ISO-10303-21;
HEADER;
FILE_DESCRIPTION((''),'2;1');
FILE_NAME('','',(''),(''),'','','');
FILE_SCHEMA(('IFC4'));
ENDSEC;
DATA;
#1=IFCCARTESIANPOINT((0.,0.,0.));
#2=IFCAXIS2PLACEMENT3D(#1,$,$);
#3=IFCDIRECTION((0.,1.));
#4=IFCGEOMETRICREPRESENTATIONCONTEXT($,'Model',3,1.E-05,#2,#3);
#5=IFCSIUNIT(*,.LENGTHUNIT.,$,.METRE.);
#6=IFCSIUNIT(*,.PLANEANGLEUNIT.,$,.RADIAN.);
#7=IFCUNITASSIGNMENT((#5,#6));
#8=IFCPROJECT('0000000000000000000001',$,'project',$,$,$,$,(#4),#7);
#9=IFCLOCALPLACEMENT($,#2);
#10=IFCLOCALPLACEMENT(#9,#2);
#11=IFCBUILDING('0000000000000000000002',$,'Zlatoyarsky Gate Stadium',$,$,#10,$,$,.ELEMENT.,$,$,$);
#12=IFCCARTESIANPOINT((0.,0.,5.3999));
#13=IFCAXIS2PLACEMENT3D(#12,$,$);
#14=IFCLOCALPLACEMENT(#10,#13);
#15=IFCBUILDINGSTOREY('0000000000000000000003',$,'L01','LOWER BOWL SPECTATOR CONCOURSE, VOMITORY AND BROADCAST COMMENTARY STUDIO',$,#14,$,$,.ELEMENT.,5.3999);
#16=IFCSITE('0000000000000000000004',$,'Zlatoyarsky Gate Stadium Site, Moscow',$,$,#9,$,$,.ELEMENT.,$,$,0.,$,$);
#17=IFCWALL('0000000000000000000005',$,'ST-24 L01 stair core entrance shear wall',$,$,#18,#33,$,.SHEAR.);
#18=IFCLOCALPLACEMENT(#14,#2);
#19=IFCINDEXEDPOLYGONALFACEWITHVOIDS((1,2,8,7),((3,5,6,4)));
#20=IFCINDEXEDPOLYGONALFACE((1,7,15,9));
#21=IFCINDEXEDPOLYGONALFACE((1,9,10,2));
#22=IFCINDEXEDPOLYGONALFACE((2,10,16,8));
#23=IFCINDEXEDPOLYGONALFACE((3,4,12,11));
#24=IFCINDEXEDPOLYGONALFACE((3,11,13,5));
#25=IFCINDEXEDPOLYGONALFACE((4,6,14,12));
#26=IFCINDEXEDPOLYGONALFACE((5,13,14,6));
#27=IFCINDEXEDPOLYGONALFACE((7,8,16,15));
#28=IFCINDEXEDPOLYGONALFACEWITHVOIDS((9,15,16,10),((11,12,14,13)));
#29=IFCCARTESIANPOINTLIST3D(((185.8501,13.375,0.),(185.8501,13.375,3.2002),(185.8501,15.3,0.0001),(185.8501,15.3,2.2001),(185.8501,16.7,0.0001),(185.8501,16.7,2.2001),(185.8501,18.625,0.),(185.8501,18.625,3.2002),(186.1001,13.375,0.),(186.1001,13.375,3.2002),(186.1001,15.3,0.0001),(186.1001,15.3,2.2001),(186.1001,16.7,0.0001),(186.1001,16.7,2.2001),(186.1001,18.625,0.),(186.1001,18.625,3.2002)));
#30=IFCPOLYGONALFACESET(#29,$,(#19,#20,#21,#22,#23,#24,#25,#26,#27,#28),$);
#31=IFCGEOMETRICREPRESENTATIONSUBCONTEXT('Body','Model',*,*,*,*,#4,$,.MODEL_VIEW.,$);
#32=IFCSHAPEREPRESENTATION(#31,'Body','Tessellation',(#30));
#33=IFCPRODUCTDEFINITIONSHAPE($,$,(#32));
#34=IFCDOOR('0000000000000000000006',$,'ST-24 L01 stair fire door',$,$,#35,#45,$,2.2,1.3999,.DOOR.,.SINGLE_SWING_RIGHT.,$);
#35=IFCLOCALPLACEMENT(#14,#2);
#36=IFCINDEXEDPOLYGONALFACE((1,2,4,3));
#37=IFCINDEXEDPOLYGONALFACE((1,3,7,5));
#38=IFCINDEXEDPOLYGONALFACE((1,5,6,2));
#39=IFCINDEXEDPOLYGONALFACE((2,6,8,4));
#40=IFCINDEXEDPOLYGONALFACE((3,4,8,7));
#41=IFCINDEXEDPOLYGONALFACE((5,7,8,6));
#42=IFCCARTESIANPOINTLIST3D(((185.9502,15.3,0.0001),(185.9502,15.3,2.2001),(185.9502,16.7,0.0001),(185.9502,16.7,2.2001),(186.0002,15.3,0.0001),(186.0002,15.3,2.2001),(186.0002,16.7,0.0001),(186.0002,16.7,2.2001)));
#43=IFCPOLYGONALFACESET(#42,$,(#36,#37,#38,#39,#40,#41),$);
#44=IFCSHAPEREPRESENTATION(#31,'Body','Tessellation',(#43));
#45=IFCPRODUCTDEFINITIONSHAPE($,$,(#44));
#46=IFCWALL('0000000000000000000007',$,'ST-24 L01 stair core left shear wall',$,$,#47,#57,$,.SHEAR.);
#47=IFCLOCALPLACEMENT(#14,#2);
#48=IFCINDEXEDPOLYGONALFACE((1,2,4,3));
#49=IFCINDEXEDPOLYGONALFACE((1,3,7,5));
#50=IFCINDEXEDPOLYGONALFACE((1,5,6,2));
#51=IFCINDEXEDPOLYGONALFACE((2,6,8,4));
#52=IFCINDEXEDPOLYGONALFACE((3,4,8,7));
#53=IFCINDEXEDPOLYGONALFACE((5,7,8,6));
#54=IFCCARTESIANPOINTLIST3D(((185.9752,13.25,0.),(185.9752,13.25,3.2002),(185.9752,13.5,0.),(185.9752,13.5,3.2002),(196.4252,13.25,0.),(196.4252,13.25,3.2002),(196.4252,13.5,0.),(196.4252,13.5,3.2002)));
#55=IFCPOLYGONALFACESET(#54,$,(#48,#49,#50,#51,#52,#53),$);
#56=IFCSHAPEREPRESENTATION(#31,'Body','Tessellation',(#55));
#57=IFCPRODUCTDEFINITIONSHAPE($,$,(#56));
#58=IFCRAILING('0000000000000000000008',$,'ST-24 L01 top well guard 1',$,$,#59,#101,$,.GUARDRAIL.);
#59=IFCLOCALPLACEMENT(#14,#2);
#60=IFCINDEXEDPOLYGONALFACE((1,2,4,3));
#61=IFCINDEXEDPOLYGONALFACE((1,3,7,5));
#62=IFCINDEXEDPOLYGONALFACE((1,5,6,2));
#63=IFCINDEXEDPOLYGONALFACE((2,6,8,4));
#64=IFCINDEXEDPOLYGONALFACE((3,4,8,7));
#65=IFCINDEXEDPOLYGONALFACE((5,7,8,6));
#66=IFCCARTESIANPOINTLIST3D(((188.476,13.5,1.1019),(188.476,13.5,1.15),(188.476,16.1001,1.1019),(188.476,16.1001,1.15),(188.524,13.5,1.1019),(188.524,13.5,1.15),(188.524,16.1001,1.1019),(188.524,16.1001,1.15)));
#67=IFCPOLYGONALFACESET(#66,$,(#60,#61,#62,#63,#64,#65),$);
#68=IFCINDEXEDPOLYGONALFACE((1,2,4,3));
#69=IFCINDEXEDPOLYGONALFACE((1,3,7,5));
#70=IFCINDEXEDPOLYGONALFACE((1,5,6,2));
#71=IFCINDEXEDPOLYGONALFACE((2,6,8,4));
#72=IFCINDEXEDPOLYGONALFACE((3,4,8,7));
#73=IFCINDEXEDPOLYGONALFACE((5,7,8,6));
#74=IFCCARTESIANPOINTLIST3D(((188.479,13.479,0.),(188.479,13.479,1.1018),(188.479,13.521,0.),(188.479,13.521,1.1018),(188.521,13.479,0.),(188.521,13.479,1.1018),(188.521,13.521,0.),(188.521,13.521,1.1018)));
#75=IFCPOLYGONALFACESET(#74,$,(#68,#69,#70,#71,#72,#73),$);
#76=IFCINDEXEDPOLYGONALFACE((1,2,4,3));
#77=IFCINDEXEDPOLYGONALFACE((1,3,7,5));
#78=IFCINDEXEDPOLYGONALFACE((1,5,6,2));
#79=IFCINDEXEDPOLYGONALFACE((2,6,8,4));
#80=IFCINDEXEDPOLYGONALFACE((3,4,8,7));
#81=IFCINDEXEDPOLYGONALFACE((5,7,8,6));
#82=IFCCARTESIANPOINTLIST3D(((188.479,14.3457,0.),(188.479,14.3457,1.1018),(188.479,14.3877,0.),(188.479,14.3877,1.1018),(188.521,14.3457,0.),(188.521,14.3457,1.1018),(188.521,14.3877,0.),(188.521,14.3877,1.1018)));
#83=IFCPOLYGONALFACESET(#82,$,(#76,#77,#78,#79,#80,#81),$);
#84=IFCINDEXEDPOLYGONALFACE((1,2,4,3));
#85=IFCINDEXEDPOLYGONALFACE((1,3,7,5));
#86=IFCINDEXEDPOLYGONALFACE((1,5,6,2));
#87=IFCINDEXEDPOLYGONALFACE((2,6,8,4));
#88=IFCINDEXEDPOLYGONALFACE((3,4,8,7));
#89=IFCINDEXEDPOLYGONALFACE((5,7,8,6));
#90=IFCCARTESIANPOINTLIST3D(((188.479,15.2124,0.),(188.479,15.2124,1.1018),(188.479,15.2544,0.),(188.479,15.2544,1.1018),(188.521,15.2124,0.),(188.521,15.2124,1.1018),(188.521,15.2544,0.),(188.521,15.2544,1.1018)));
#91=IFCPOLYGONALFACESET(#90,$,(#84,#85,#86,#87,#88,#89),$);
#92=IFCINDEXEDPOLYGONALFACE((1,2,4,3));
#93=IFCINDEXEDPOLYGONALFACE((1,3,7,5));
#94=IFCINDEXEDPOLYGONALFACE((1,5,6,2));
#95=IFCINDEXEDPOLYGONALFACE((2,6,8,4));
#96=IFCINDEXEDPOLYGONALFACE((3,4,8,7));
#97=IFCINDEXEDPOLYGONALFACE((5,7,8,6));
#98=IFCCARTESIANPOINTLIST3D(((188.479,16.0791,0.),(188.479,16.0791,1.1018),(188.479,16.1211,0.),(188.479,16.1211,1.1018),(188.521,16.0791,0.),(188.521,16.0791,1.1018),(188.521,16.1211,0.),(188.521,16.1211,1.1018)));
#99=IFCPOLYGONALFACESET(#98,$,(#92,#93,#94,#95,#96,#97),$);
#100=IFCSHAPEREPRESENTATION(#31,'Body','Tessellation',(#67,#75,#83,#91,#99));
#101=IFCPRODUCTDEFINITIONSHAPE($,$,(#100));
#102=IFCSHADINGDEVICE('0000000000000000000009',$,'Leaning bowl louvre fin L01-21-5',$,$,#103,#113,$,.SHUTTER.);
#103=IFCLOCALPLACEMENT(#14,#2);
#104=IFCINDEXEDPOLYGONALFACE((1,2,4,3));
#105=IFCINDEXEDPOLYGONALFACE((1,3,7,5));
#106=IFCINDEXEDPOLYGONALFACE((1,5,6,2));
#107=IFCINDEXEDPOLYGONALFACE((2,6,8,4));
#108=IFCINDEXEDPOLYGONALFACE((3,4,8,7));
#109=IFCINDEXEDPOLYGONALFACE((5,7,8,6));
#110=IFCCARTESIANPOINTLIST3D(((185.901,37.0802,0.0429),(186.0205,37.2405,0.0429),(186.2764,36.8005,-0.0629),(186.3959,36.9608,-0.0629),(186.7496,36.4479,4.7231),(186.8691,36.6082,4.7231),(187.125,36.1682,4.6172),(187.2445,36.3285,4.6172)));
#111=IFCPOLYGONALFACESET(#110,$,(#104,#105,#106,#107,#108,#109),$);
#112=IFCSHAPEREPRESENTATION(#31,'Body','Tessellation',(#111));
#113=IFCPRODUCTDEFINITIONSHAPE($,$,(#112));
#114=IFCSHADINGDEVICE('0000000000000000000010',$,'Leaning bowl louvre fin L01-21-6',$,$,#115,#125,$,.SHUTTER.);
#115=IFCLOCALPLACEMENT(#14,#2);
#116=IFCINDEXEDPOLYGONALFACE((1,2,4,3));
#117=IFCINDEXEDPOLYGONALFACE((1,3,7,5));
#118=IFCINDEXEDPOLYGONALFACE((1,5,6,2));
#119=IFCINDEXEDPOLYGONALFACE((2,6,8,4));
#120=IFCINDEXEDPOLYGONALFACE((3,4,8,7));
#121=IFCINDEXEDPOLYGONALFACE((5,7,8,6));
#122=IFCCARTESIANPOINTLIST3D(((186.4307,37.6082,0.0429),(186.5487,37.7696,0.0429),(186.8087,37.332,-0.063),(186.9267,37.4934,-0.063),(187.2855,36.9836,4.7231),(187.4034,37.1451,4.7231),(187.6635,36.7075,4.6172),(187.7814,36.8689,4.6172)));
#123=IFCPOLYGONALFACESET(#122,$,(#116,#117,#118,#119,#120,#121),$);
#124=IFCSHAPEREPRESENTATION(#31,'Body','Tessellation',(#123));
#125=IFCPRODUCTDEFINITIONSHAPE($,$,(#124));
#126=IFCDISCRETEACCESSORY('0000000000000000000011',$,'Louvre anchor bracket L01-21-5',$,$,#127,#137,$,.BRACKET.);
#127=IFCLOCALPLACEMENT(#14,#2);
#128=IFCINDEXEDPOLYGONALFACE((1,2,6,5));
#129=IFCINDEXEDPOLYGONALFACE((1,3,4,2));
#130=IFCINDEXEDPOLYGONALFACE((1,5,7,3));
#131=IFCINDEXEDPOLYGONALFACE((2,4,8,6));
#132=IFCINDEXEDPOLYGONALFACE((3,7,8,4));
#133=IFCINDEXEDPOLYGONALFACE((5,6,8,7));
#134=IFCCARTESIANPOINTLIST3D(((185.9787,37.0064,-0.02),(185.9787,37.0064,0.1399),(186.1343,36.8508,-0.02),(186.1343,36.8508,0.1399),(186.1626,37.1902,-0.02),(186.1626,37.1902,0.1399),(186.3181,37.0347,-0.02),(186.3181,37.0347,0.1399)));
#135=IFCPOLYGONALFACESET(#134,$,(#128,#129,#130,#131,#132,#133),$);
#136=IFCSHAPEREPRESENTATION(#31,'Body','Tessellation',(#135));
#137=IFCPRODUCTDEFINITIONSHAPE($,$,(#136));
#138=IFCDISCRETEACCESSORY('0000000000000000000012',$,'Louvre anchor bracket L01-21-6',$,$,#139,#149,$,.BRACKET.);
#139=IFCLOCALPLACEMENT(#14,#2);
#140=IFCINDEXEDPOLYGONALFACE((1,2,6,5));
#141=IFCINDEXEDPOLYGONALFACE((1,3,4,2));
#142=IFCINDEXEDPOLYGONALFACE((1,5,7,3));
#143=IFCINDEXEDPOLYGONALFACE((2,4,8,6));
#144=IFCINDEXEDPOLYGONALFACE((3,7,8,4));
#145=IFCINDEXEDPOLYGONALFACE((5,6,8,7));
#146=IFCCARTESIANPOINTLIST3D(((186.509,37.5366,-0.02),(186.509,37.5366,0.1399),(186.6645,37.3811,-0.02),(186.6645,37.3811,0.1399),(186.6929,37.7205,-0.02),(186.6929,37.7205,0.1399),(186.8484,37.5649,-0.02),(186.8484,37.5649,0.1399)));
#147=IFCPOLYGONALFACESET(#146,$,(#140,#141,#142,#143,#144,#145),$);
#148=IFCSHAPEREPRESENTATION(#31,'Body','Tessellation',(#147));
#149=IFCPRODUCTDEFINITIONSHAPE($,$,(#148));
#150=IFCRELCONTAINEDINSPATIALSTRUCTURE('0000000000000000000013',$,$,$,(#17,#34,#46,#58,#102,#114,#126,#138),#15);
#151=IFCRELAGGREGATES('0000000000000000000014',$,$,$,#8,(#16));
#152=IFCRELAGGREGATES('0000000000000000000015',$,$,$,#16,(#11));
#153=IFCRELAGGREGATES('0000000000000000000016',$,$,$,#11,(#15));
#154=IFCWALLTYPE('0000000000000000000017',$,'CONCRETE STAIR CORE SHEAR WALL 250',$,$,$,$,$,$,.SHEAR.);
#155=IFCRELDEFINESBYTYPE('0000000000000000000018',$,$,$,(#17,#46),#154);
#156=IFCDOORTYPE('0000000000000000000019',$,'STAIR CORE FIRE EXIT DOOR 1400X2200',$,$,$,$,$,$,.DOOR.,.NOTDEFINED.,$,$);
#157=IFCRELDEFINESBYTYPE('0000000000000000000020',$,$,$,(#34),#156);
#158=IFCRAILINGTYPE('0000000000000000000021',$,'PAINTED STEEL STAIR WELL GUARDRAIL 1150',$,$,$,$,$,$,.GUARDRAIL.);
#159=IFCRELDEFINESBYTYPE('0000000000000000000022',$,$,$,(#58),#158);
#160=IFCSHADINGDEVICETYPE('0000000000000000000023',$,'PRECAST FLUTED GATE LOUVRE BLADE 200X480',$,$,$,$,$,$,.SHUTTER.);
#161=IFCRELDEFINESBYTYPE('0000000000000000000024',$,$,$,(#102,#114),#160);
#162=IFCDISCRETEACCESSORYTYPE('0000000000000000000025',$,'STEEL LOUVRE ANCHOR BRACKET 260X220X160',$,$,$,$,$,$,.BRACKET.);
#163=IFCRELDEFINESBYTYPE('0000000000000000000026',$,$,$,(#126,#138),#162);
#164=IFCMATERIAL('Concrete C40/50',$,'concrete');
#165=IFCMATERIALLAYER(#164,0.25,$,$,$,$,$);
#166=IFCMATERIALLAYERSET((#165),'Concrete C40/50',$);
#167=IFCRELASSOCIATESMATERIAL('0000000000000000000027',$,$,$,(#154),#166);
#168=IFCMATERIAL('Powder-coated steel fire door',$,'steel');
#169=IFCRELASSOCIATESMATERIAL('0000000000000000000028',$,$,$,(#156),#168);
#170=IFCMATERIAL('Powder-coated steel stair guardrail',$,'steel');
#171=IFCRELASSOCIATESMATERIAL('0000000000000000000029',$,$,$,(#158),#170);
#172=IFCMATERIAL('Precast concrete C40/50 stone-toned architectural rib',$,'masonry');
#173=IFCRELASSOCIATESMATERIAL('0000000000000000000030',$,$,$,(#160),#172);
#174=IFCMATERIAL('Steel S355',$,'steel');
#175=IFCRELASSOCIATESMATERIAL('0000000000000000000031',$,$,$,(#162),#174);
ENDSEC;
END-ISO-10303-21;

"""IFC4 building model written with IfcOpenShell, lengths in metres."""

from ifc_helpers import new_model, si_unit, direction, frame, frame_2d, origin, origin_2d, place, context, subcontext, project, spatial, rectangle, extrude, material, layer, layer_set, material_profile, profile_set, type_object, element, fill, save


model = new_model("IFC4")

# Units and contexts
model_context = context("Model", 3, precision=1e-05, world=origin(), true_north=direction((0.0, 1.0)))
body_context = subcontext(model_context, "Body", "Model", "MODEL_VIEW")
ifc_project = project(units=[si_unit("LENGTHUNIT", "METRE"), si_unit("PLANEANGLEUNIT", "RADIAN")], contexts=[model_context])

# Site, building, storey
site_placement = place(None, origin())
site = spatial("IfcSite", under=ifc_project, at=site_placement, Name="Zlatoyarsky Gate Stadium Site, Moscow", CompositionType="ELEMENT", RefElevation=0.0)
building_placement = place(site_placement, origin())
building = spatial("IfcBuilding", under=site, at=building_placement, Name="Zlatoyarsky Gate Stadium", CompositionType="ELEMENT")
storey_placement = place(building_placement, frame((0.0, 0.0, 5.3999)))
storey = spatial("IfcBuildingStorey", under=building, at=storey_placement, Name="L01", Description="LOWER BOWL SPECTATOR CONCOURSE, VOMITORY AND BROADCAST COMMENTARY STUDIO", CompositionType="ELEMENT", Elevation=5.3999)

# Shared definitions
ifc_material_1 = material(Name="Steel S355", Category="steel")

# Wall, opening, door
ifc_material_2 = material(Name="Concrete C40/50", Category="concrete")
ifc_layer_1 = layer(ifc_material_2, 0.25)
ifc_layer_set_1 = layer_set([ifc_layer_1], Name="Concrete C40/50")
wall_type = type_object("IfcWallType", Name="CONCRETE STAIR CORE SHEAR WALL 250", PredefinedType="SHEAR", material=ifc_layer_set_1)
wall_1_placement = place(storey_placement, frame((185.9751, 18.625, 0.0), z_axis=(0.0, 0.0, 1.0), x_axis=(0.0, -1.0, 0.0)))
wall_1 = element("IfcWall", 1, at=wall_1_placement, inside=storey, type_object=wall_type, Name="ST-24 L01 stair core entrance shear wall", PredefinedType="SHEAR", context=body_context, shape_type="SweptSolid", body=[
    extrude(rectangle(XDim=5.25, YDim=0.25, at=frame_2d((2.625, 0.0))), origin(), (0.0, 0.0, 1.0), 3.2002),
])
opening_placement = place(wall_1_placement, frame((1.925, 0.0, 0.0)))
opening = element("IfcOpeningElement", 2, at=opening_placement, cuts=wall_1, PredefinedType="OPENING", context=body_context, shape_type="SweptSolid", body=[
    extrude(rectangle(XDim=1.3999, YDim=2.2, at=frame_2d((0.7, 1.1001))), frame((0.0, 0.135, 0.0), z_axis=(0.0, -1.0, 0.0), x_axis=(1.0, 0.0, 0.0)), (0.0, 0.0, 1.0), 0.27),
])
ifc_material_3 = material(Name="Powder-coated steel fire door", Category="steel")
door_type = type_object("IfcDoorType", Name="STAIR CORE FIRE EXIT DOOR 1400X2200", OperationType="NOTDEFINED", PredefinedType="DOOR", material=ifc_material_3)
door_placement = place(opening_placement, frame((1.3999, 0.0, 0.0), z_axis=(0.0, 0.0, 1.0), x_axis=(-1.0, 0.0, 0.0)))
door = element("IfcDoor", 3, at=door_placement, inside=storey, type_object=door_type, Name="ST-24 L01 stair fire door", OperationType="SINGLE_SWING_RIGHT", OverallHeight=2.2, OverallWidth=1.3999, PredefinedType="DOOR", context=body_context, shape_type="SweptSolid", body=[
    extrude(rectangle(XDim=1.3999, YDim=2.2, at=frame_2d((0.7, 1.1001))), frame((0.0, 0.0249, 0.0), z_axis=(0.0, -1.0, 0.0), x_axis=(1.0, 0.0, 0.0)), (0.0, 0.0, 1.0), 0.05),
])
fill(opening, door)

# Wall
wall_2_placement = place(storey_placement, frame((185.9751, 13.375, 0.0), z_axis=(0.0, 0.0, 1.0), x_axis=(1.0, 0.0, 0.0)))
element("IfcWall", 4, at=wall_2_placement, inside=storey, type_object=wall_type, Name="ST-24 L01 stair core left shear wall", PredefinedType="SHEAR", context=body_context, shape_type="SweptSolid", body=[
    extrude(rectangle(XDim=10.45, YDim=0.25, at=frame_2d((5.2251, 0.0))), origin(), (0.0, 0.0, 1.0), 3.2002),
])

# Railing
ifc_material_4 = material(Name="Powder-coated steel stair guardrail", Category="steel")
railing_type = type_object("IfcRailingType", Name="PAINTED STEEL STAIR WELL GUARDRAIL 1150", PredefinedType="GUARDRAIL", material=ifc_material_4)
railing_placement = place(storey_placement, frame((188.5, 13.5, 0.0)))
element("IfcRailing", 5, at=railing_placement, inside=storey, type_object=railing_type, Name="ST-24 L01 top well guard 1", PredefinedType="GUARDRAIL", context=body_context, shape_type="SweptSolid", body=[
    extrude(rectangle(XDim=0.0481, YDim=0.0481, at=origin_2d()), frame((0.0, 0.0, 1.126), z_axis=(0.0, 1.0, 0.0), x_axis=(-1.0, 0.0, 0.0)), (0.0, 0.0, 1.0), 2.6001),
    extrude(rectangle(XDim=0.042, YDim=0.042, at=origin_2d()), origin(), (0.0, 0.0, 1.0), 1.1018),
    extrude(rectangle(XDim=0.042, YDim=0.042, at=origin_2d()), frame((0.0, 0.8667, 0.0)), (0.0, 0.0, 1.0), 1.1018),
    extrude(rectangle(XDim=0.042, YDim=0.042, at=origin_2d()), frame((0.0, 1.7334, 0.0)), (0.0, 0.0, 1.0), 1.1018),
    extrude(rectangle(XDim=0.042, YDim=0.042, at=origin_2d()), frame((0.0, 2.6001, 0.0)), (0.0, 0.0, 1.0), 1.1018),
])

# Shading devices
ifc_material_5 = material(Name="Precast concrete C40/50 stone-toned architectural rib", Category="masonry")
ifc_material_profile_1 = material_profile(ifc_material_5, rectangle(XDim=0.2, YDim=0.48, at=origin_2d()), Name="RIB 200X480")
ifc_profile_set_1 = profile_set([ifc_material_profile_1], Name="Precast concrete C40/50 stone-toned architectural rib")
shading_device_type = type_object("IfcShadingDeviceType", Name="PRECAST FLUTED GATE LOUVRE BLADE 200X480", PredefinedType="SHUTTER", material=ifc_profile_set_1)
for number, where, z_axis, x_axis, name in (
    (6, (186.1484, 37.0205, -0.01), (0.17686, -0.13178, 0.975374), (0.597487, 0.801878, 0.0), "Leaning bowl louvre fin L01-21-5"),
    (7, (186.6787, 37.5508, -0.01), (0.178129, -0.13015, 0.975362), (0.589953, 0.807438, 0.0), "Leaning bowl louvre fin L01-21-6"),
):
    element("IfcShadingDevice", number, at=place(storey_placement, frame(where, z_axis=z_axis, x_axis=x_axis)), inside=storey, type_object=shading_device_type, Name=name, PredefinedType="SHUTTER", context=body_context, shape_type="SweptSolid", body=[
        extrude(rectangle(XDim=0.2, YDim=0.48, at=origin_2d()), origin(), (0.0, 0.0, 1.0), 4.7983),
    ])

# Discrete accessories
discrete_accessory_type = type_object("IfcDiscreteAccessoryType", Name="STEEL LOUVRE ANCHOR BRACKET 260X220X160", PredefinedType="BRACKET", material=ifc_material_1)
for number, where, z_axis, x_axis, name in (
    (8, (186.1484, 37.0205, -0.02), (0.0, 0.0, 1.0), (0.707137, 0.707076, 0.0), "Louvre anchor bracket L01-21-5"),
    (9, (186.6787, 37.5508, -0.02), (0.0, 0.0, 1.0), (0.707137, 0.707076, 0.0), "Louvre anchor bracket L01-21-6"),
):
    element("IfcDiscreteAccessory", number, at=place(storey_placement, frame(where, z_axis=z_axis, x_axis=x_axis)), inside=storey, type_object=discrete_accessory_type, Name=name, PredefinedType="BRACKET", context=body_context, shape_type="SweptSolid", body=[
        extrude(rectangle(XDim=0.26, YDim=0.22, at=origin_2d()), origin(), (0.0, 0.0, 1.0), 0.1599),
    ])

save(model, "model.ifc")
